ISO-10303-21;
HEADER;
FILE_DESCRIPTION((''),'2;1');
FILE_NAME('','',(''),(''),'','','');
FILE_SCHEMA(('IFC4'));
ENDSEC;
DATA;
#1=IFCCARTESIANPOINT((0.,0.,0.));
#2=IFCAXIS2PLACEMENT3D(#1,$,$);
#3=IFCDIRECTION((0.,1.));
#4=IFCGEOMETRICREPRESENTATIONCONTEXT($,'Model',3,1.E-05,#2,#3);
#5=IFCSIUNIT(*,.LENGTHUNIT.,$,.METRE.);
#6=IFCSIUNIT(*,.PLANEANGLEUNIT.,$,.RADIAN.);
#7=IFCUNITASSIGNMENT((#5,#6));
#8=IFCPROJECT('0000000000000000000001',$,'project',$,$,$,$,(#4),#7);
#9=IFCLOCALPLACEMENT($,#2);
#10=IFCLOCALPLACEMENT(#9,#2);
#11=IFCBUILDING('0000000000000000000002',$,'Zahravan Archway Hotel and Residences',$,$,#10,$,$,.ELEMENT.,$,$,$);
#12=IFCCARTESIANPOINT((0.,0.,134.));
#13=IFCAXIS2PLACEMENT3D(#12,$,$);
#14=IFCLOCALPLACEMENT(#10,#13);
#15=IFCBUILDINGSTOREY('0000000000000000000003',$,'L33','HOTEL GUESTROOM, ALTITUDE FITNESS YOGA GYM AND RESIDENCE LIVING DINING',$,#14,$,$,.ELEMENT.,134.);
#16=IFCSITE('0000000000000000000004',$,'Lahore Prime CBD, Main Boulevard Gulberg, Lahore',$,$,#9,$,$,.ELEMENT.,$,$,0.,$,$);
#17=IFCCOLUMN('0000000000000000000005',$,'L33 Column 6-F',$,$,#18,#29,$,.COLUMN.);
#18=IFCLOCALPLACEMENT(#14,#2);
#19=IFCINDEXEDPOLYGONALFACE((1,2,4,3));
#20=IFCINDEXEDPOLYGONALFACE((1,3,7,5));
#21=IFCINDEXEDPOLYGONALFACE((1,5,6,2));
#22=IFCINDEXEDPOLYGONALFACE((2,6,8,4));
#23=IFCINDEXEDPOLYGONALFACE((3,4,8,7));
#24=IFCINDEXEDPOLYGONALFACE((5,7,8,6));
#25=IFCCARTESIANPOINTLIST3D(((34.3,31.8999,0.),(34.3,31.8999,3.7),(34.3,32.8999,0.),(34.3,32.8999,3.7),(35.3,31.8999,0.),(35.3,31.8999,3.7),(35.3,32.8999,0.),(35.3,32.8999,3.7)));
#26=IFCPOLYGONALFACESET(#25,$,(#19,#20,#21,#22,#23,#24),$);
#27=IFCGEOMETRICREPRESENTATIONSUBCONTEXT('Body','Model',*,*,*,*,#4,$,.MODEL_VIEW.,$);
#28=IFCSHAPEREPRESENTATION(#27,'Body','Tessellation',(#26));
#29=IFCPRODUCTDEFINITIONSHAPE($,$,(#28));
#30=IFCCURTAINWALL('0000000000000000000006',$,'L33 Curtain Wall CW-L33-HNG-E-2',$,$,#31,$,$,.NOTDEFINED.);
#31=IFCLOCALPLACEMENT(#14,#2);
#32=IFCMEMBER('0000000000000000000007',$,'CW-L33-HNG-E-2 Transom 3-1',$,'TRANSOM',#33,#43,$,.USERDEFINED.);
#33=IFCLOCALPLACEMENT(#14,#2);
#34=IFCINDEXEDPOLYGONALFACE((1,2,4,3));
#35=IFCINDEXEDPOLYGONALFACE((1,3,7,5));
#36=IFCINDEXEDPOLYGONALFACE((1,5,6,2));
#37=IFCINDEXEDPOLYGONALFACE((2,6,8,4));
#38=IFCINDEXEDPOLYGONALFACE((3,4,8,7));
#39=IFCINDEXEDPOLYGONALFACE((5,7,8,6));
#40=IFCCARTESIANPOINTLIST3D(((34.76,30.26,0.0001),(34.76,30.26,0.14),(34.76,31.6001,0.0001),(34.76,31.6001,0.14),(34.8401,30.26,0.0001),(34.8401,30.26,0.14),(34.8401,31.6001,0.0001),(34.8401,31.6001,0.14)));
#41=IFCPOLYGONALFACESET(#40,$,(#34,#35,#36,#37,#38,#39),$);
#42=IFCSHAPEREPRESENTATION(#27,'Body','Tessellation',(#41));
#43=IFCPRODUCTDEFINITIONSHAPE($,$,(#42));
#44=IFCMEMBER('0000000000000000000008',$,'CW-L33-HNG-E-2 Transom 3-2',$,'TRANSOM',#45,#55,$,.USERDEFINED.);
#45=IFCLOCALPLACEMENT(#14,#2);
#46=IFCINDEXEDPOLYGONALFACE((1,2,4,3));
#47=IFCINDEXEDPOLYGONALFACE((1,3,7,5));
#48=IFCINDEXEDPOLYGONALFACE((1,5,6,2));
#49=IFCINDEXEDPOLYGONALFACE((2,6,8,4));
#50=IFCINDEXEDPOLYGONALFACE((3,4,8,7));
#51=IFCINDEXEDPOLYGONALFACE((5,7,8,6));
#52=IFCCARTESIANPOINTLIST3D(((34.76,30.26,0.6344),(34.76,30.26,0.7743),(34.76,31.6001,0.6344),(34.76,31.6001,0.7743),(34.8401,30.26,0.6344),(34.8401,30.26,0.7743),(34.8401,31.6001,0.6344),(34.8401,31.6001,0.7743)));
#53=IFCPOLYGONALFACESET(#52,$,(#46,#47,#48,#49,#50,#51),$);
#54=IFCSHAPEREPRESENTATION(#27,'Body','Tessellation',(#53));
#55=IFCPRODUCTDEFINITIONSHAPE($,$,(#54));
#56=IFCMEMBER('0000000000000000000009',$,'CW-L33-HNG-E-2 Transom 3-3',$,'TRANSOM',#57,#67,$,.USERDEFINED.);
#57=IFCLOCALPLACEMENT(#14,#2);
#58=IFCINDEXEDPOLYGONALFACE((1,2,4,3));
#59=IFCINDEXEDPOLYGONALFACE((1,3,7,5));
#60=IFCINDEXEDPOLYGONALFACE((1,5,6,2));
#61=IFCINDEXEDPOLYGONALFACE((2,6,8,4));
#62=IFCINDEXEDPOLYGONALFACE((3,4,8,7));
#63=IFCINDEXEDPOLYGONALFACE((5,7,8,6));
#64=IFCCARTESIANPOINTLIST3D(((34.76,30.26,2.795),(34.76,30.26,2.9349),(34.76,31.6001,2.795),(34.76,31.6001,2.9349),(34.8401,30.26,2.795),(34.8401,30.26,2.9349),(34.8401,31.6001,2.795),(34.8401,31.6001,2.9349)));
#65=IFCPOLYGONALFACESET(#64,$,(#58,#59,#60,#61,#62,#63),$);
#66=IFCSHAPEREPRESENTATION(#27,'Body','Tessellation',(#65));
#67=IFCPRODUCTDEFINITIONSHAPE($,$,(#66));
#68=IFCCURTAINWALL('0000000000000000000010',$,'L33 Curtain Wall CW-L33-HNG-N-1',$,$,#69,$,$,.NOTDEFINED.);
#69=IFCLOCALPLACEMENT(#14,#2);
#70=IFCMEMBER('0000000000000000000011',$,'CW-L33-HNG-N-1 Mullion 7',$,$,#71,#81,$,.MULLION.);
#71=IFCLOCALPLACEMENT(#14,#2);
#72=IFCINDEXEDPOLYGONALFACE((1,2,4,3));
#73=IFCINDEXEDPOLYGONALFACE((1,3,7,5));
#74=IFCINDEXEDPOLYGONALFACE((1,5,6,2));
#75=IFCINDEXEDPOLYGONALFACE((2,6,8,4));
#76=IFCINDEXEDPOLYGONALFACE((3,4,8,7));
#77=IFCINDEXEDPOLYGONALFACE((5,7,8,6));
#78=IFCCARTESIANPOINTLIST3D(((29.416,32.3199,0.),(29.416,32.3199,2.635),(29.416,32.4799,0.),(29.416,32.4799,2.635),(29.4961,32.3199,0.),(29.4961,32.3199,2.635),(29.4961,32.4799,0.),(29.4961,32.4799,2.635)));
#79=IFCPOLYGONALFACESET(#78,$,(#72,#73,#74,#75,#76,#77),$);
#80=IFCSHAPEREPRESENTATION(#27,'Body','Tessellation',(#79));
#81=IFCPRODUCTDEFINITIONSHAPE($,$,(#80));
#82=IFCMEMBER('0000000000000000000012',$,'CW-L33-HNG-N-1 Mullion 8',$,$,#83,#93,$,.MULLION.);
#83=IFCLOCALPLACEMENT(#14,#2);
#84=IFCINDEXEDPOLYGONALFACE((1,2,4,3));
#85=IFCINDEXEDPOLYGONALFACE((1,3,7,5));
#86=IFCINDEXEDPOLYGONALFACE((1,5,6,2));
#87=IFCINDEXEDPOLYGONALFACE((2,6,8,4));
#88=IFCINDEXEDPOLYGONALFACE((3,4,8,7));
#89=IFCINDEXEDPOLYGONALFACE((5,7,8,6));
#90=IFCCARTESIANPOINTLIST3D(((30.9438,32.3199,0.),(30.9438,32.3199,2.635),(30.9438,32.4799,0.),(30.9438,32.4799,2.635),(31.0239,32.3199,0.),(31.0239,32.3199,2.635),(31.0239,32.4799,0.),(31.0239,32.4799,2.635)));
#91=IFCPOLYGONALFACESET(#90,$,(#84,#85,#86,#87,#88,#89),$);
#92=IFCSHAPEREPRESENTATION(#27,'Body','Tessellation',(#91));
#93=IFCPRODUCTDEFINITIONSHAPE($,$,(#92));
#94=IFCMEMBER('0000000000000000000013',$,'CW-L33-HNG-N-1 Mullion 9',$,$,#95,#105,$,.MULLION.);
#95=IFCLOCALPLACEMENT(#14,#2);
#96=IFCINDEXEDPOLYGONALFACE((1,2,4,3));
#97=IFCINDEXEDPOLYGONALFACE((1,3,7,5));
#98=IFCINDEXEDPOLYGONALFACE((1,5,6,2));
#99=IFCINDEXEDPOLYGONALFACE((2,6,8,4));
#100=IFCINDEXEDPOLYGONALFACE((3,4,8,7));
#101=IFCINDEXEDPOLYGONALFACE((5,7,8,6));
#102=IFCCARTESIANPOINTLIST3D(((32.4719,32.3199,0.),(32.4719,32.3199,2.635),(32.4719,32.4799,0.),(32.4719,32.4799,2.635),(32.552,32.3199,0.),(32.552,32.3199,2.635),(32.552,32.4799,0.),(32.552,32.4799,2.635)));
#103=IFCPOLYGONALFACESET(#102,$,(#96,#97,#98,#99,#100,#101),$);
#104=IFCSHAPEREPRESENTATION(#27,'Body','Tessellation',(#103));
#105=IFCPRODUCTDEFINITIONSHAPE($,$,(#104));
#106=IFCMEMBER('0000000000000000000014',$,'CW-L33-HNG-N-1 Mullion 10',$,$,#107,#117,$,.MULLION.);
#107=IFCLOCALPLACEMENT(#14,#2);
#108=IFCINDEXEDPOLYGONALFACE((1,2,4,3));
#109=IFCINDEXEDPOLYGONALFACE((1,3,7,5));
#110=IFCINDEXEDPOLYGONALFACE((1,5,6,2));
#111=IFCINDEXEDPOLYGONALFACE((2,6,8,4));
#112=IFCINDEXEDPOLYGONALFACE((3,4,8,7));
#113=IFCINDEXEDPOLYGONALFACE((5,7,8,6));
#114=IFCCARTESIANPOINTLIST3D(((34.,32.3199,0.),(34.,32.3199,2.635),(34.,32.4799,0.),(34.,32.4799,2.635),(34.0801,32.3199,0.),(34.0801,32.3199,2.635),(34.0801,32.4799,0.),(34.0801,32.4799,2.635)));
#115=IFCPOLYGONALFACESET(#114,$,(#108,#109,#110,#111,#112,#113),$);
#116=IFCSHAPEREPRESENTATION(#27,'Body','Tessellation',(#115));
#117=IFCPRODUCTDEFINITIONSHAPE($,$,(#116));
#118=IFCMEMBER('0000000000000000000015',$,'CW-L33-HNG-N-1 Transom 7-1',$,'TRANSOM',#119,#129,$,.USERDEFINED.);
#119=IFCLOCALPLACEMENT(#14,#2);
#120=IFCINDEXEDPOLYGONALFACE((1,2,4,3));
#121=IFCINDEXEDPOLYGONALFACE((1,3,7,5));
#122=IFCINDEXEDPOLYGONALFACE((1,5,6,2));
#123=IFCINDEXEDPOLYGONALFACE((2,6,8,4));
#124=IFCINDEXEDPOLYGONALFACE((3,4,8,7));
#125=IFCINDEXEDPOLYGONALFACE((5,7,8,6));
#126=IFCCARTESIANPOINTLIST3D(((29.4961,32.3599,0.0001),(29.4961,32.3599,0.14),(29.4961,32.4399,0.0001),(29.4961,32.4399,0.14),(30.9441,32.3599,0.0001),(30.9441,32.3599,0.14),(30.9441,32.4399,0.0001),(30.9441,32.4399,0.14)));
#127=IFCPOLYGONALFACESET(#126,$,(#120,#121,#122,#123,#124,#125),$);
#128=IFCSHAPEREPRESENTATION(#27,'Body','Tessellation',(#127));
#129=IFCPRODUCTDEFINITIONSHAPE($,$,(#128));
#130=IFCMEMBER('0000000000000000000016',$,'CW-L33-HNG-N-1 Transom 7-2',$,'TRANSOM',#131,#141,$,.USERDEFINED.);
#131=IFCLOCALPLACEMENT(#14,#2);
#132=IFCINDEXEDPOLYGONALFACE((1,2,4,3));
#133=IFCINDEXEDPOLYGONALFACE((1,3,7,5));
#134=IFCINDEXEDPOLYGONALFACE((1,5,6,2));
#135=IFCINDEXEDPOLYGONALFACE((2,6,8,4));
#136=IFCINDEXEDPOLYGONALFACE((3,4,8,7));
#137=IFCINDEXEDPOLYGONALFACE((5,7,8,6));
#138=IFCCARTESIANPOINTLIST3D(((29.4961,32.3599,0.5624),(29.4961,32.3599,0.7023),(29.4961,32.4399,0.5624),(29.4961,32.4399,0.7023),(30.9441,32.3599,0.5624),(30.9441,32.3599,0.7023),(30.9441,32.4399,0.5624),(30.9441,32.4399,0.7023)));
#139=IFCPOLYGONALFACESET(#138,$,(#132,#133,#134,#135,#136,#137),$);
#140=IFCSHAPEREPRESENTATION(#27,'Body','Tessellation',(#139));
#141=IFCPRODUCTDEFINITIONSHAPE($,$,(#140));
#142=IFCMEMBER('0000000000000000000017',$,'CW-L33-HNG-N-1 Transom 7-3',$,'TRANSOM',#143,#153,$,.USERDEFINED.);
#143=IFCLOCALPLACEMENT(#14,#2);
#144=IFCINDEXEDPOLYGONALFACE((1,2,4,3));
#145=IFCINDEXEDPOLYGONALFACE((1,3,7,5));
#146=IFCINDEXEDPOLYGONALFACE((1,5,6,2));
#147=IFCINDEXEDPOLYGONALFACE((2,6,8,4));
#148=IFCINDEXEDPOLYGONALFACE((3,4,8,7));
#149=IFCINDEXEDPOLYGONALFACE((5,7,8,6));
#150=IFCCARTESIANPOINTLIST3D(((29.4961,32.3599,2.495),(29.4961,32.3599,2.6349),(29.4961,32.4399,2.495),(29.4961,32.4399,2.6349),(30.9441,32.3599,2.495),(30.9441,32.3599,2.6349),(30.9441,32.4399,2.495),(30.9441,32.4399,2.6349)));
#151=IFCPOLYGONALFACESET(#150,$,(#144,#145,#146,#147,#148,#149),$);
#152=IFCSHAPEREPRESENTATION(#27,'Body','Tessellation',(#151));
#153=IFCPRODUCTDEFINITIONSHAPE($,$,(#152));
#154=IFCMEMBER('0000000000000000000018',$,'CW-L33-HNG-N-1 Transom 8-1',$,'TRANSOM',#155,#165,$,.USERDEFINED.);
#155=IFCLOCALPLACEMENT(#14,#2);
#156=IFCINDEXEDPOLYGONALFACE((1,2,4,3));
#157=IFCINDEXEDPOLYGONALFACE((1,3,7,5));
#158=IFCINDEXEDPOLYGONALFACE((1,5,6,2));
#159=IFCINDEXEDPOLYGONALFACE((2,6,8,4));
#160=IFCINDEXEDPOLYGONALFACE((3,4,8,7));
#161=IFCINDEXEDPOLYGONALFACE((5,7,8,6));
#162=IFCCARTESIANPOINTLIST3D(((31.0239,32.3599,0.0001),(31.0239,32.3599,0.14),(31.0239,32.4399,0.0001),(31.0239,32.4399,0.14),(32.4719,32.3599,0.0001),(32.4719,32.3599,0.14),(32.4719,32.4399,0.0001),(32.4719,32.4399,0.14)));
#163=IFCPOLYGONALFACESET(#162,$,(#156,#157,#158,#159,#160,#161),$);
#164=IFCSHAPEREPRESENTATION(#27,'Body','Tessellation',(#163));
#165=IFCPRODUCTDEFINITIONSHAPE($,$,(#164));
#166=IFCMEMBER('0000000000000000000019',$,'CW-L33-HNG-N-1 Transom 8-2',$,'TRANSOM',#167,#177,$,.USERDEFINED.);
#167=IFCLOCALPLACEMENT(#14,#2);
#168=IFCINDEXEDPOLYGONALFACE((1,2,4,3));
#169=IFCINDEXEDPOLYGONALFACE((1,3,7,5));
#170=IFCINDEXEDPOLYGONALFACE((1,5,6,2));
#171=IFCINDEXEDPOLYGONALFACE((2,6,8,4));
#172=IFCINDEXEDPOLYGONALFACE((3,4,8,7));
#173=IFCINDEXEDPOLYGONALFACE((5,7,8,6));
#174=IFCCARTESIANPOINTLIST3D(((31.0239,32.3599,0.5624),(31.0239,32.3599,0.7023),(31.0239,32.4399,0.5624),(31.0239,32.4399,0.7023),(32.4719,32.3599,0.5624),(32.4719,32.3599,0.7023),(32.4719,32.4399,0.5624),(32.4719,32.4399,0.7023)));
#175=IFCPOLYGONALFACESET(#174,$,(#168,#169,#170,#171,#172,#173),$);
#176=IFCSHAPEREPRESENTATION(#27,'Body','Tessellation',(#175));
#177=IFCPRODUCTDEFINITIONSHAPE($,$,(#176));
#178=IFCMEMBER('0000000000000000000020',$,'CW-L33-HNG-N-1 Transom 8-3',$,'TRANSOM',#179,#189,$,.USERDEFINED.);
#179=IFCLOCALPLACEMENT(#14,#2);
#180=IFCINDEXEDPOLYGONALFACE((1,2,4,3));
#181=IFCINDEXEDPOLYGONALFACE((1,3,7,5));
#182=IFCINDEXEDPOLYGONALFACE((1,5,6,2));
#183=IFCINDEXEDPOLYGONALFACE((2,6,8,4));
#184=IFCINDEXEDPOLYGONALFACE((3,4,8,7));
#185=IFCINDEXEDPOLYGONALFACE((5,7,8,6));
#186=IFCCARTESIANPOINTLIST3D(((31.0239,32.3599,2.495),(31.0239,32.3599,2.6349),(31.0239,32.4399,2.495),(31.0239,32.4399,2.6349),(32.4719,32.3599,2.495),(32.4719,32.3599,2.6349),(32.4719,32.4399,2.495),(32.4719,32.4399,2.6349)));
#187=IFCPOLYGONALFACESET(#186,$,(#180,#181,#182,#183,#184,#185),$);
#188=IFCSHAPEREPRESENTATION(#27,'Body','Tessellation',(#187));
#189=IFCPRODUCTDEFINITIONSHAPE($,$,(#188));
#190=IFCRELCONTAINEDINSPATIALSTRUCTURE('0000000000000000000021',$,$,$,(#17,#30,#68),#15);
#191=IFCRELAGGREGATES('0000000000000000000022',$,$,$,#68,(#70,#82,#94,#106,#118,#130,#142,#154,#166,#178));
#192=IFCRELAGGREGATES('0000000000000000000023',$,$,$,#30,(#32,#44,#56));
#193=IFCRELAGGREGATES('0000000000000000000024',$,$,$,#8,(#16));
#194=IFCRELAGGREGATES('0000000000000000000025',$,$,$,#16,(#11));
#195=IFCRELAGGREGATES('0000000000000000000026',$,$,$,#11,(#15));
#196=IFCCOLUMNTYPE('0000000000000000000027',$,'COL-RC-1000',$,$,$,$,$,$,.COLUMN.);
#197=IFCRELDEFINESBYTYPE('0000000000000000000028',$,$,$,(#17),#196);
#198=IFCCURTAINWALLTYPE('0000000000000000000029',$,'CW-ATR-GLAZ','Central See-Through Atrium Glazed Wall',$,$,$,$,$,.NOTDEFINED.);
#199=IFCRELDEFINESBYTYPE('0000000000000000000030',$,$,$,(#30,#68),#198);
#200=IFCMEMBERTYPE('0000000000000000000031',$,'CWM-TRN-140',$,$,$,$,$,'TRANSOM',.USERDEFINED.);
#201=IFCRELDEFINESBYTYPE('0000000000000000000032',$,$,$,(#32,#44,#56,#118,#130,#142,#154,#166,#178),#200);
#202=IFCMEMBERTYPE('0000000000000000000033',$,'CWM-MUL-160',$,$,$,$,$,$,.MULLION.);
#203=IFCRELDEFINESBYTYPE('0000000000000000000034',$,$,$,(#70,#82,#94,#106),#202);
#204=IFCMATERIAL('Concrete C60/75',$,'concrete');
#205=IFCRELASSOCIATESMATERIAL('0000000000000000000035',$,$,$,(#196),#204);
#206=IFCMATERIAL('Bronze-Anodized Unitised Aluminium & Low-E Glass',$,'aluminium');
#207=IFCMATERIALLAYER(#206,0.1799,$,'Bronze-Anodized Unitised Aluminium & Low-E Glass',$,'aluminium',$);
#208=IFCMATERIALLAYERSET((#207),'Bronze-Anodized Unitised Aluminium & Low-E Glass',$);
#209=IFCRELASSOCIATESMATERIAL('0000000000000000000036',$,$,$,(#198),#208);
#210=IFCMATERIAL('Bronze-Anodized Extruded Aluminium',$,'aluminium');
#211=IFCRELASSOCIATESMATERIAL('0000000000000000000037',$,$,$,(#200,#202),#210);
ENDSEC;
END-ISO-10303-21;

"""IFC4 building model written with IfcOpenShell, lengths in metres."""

from ifc_helpers import new_model, si_unit, direction, frame, origin, origin_2d, place, context, subcontext, project, spatial, rectangle, extrude, source, transform, mapped, material, layer, layer_set, material_profile, profile_set, type_object, type_shapes, element, aggregate, save


model = new_model("IFC4")

# Units and contexts
model_context = context("Model", 3, precision=1e-05, world=origin(), true_north=direction((0.0, 1.0)))
body_context = subcontext(model_context, "Body", "Model", "MODEL_VIEW")
ifc_project = project(units=[si_unit("LENGTHUNIT", "METRE"), si_unit("PLANEANGLEUNIT", "RADIAN")], contexts=[model_context])

# Site, building, storey
site_placement = place(None, origin())
site = spatial("IfcSite", under=ifc_project, at=site_placement, Name="Lahore Prime CBD, Main Boulevard Gulberg, Lahore", CompositionType="ELEMENT", RefElevation=0.0)
building_placement = place(site_placement, origin())
building = spatial("IfcBuilding", under=site, at=building_placement, Name="Zahravan Archway Hotel and Residences", CompositionType="ELEMENT")
storey_placement = place(building_placement, frame((0.0, 0.0, 134.0)))
storey = spatial("IfcBuildingStorey", under=building, at=storey_placement, Name="L33", Description="HOTEL GUESTROOM, ALTITUDE FITNESS YOGA GYM AND RESIDENCE LIVING DINING", CompositionType="ELEMENT", Elevation=134.0)

# Column
ifc_material_1 = material(Name="Concrete C60/75", Category="concrete")
ifc_material_profile_1 = material_profile(ifc_material_1, rectangle(XDim=1.0, YDim=1.0, at=origin_2d()), Name="RC-COL-1000x1000", Category="concrete")
ifc_profile_set_1 = profile_set([ifc_material_profile_1], Name="Concrete C60/75")
column_type = type_object("IfcColumnType", Name="COL-RC-1000", PredefinedType="COLUMN", material=ifc_profile_set_1)
shared_shape_1 = source(origin(), body_context, "Body", "SweptSolid", [
    extrude(rectangle(XDim=1.0, YDim=1.0, at=origin_2d()), origin(), (0.0, 0.0, 1.0), 3.7),
])
type_shapes(column_type, [shared_shape_1])
column_placement = place(storey_placement, frame((34.8, 32.3999, 0.0), z_axis=(0.0, 0.0, 1.0), x_axis=(1.0, 0.0, 0.0)))
element("IfcColumn", 1, at=column_placement, inside=storey, type_object=column_type, Name="L33 Column 6-F", PredefinedType="COLUMN", context=body_context, shape_type="MappedRepresentation", body=[
    mapped(shared_shape_1, transform((0.0, 0.0, 0.0), scale=1.0)),
])

# Curtain walls, members
ifc_material_2 = material(Name="Bronze-Anodized Unitised Aluminium & Low-E Glass", Category="aluminium")
ifc_layer_1 = layer(ifc_material_2, 0.1799, Name="Bronze-Anodized Unitised Aluminium & Low-E Glass", Category="aluminium")
ifc_layer_set_1 = layer_set([ifc_layer_1], Name="Bronze-Anodized Unitised Aluminium & Low-E Glass")
curtain_wall_type = type_object("IfcCurtainWallType", Name="CW-ATR-GLAZ", Description="Central See-Through Atrium Glazed Wall", PredefinedType="NOTDEFINED", material=ifc_layer_set_1)
curtain_wall_1_placement = place(storey_placement, origin())
curtain_wall_1 = element("IfcCurtainWall", 2, at=curtain_wall_1_placement, inside=storey, type_object=curtain_wall_type, Name="L33 Curtain Wall CW-L33-HNG-E-2", PredefinedType="NOTDEFINED")
ifc_material_3 = material(Name="Bronze-Anodized Extruded Aluminium", Category="aluminium")
ifc_material_profile_2 = material_profile(ifc_material_3, rectangle(XDim=0.0801, YDim=0.1399, at=origin_2d()), Name="TRN 80x140", Category="aluminium")
ifc_profile_set_2 = profile_set([ifc_material_profile_2], Name="Bronze-Anodized Extruded Aluminium")
member_type_1 = type_object("IfcMemberType", Name="CWM-TRN-140", ElementType="TRANSOM", PredefinedType="USERDEFINED", material=ifc_profile_set_2)
shared_shape_2 = source(origin(), body_context, "Body", "SweptSolid", [
    extrude(rectangle(XDim=0.0801, YDim=0.1399, at=origin_2d()), origin(), (0.0, 0.0, 1.0), 1.3401),
])
member_1_placement = place(storey_placement, frame((34.8, 30.26, 0.0701), z_axis=(0.0, 1.0, 0.0), x_axis=(-1.0, 0.0, 0.0)))
member_1 = element("IfcMember", 3, at=member_1_placement, type_object=member_type_1, Name="CW-L33-HNG-E-2 Transom 3-1", ObjectType="TRANSOM", PredefinedType="USERDEFINED", context=body_context, shape_type="MappedRepresentation", body=[
    mapped(shared_shape_2, transform((0.0, 0.0, 0.0), scale=1.0)),
])
member_2_placement = place(storey_placement, frame((34.8, 30.26, 0.7043), z_axis=(0.0, 1.0, 0.0), x_axis=(-1.0, 0.0, 0.0)))
member_2 = element("IfcMember", 4, at=member_2_placement, type_object=member_type_1, Name="CW-L33-HNG-E-2 Transom 3-2", ObjectType="TRANSOM", PredefinedType="USERDEFINED", context=body_context, shape_type="MappedRepresentation", body=[
    mapped(shared_shape_2, transform((0.0, 0.0, 0.0), scale=1.0)),
])
member_3_placement = place(storey_placement, frame((34.8, 30.26, 2.865), z_axis=(0.0, 1.0, 0.0), x_axis=(-1.0, 0.0, 0.0)))
member_3 = element("IfcMember", 5, at=member_3_placement, type_object=member_type_1, Name="CW-L33-HNG-E-2 Transom 3-3", ObjectType="TRANSOM", PredefinedType="USERDEFINED", context=body_context, shape_type="MappedRepresentation", body=[
    mapped(shared_shape_2, transform((0.0, 0.0, 0.0), scale=1.0)),
])
curtain_wall_2_placement = place(storey_placement, origin())
curtain_wall_2 = element("IfcCurtainWall", 6, at=curtain_wall_2_placement, inside=storey, type_object=curtain_wall_type, Name="L33 Curtain Wall CW-L33-HNG-N-1", PredefinedType="NOTDEFINED")
ifc_material_profile_3 = material_profile(ifc_material_3, rectangle(XDim=0.0801, YDim=0.1599, at=origin_2d()), Name="MUL 80x160", Category="aluminium")
ifc_profile_set_3 = profile_set([ifc_material_profile_3], Name="Bronze-Anodized Extruded Aluminium")
member_type_2 = type_object("IfcMemberType", Name="CWM-MUL-160", PredefinedType="MULLION", material=ifc_profile_set_3)
shared_shape_3 = source(origin(), body_context, "Body", "SweptSolid", [
    extrude(rectangle(XDim=0.0801, YDim=0.1599, at=origin_2d()), origin(), (0.0, 0.0, 1.0), 2.635),
])
member_4_placement = place(storey_placement, frame((29.4561, 32.3999, 0.0), z_axis=(0.0, 0.0, 1.0), x_axis=(1.0, 0.0, 0.0)))
member_4 = element("IfcMember", 7, at=member_4_placement, type_object=member_type_2, Name="CW-L33-HNG-N-1 Mullion 7", PredefinedType="MULLION", context=body_context, shape_type="MappedRepresentation", body=[
    mapped(shared_shape_3, transform((0.0, 0.0, 0.0), scale=1.0)),
])
member_5_placement = place(storey_placement, frame((30.9839, 32.3999, 0.0), z_axis=(0.0, 0.0, 1.0), x_axis=(1.0, 0.0, 0.0)))
member_5 = element("IfcMember", 8, at=member_5_placement, type_object=member_type_2, Name="CW-L33-HNG-N-1 Mullion 8", PredefinedType="MULLION", context=body_context, shape_type="MappedRepresentation", body=[
    mapped(shared_shape_3, transform((0.0, 0.0, 0.0), scale=1.0)),
])
member_6_placement = place(storey_placement, frame((32.512, 32.3999, 0.0), z_axis=(0.0, 0.0, 1.0), x_axis=(1.0, 0.0, 0.0)))
member_6 = element("IfcMember", 9, at=member_6_placement, type_object=member_type_2, Name="CW-L33-HNG-N-1 Mullion 9", PredefinedType="MULLION", context=body_context, shape_type="MappedRepresentation", body=[
    mapped(shared_shape_3, transform((0.0, 0.0, 0.0), scale=1.0)),
])
member_7_placement = place(storey_placement, frame((34.04, 32.3999, 0.0), z_axis=(0.0, 0.0, 1.0), x_axis=(1.0, 0.0, 0.0)))
member_7 = element("IfcMember", 10, at=member_7_placement, type_object=member_type_2, Name="CW-L33-HNG-N-1 Mullion 10", PredefinedType="MULLION", context=body_context, shape_type="MappedRepresentation", body=[
    mapped(shared_shape_3, transform((0.0, 0.0, 0.0), scale=1.0)),
])
shared_shape_4 = source(origin(), body_context, "Body", "SweptSolid", [
    extrude(rectangle(XDim=0.0801, YDim=0.1399, at=origin_2d()), origin(), (0.0, 0.0, 1.0), 1.448),
])
member_8_placement = place(storey_placement, frame((29.4961, 32.3999, 0.0701), z_axis=(1.0, 0.0, 0.0), x_axis=(0.0, 1.0, 0.0)))
member_8 = element("IfcMember", 11, at=member_8_placement, type_object=member_type_1, Name="CW-L33-HNG-N-1 Transom 7-1", ObjectType="TRANSOM", PredefinedType="USERDEFINED", context=body_context, shape_type="MappedRepresentation", body=[
    mapped(shared_shape_4, transform((0.0, 0.0, 0.0), scale=1.0)),
])
member_9_placement = place(storey_placement, frame((29.4961, 32.3999, 0.6323), z_axis=(1.0, 0.0, 0.0), x_axis=(0.0, 1.0, 0.0)))
member_9 = element("IfcMember", 12, at=member_9_placement, type_object=member_type_1, Name="CW-L33-HNG-N-1 Transom 7-2", ObjectType="TRANSOM", PredefinedType="USERDEFINED", context=body_context, shape_type="MappedRepresentation", body=[
    mapped(shared_shape_4, transform((0.0, 0.0, 0.0), scale=1.0)),
])
member_10_placement = place(storey_placement, frame((29.4961, 32.3999, 2.5649), z_axis=(1.0, 0.0, 0.0), x_axis=(0.0, 1.0, 0.0)))
member_10 = element("IfcMember", 13, at=member_10_placement, type_object=member_type_1, Name="CW-L33-HNG-N-1 Transom 7-3", ObjectType="TRANSOM", PredefinedType="USERDEFINED", context=body_context, shape_type="MappedRepresentation", body=[
    mapped(shared_shape_4, transform((0.0, 0.0, 0.0), scale=1.0)),
])
member_11_placement = place(storey_placement, frame((31.0239, 32.3999, 0.0701), z_axis=(1.0, 0.0, 0.0), x_axis=(0.0, 1.0, 0.0)))
member_11 = element("IfcMember", 14, at=member_11_placement, type_object=member_type_1, Name="CW-L33-HNG-N-1 Transom 8-1", ObjectType="TRANSOM", PredefinedType="USERDEFINED", context=body_context, shape_type="MappedRepresentation", body=[
    mapped(shared_shape_4, transform((0.0, 0.0, 0.0), scale=1.0)),
])
member_12_placement = place(storey_placement, frame((31.0239, 32.3999, 0.6323), z_axis=(1.0, 0.0, 0.0), x_axis=(0.0, 1.0, 0.0)))
member_12 = element("IfcMember", 15, at=member_12_placement, type_object=member_type_1, Name="CW-L33-HNG-N-1 Transom 8-2", ObjectType="TRANSOM", PredefinedType="USERDEFINED", context=body_context, shape_type="MappedRepresentation", body=[
    mapped(shared_shape_4, transform((0.0, 0.0, 0.0), scale=1.0)),
])
member_13_placement = place(storey_placement, frame((31.0239, 32.3999, 2.5649), z_axis=(1.0, 0.0, 0.0), x_axis=(0.0, 1.0, 0.0)))
member_13 = element("IfcMember", 16, at=member_13_placement, type_object=member_type_1, Name="CW-L33-HNG-N-1 Transom 8-3", ObjectType="TRANSOM", PredefinedType="USERDEFINED", context=body_context, shape_type="MappedRepresentation", body=[
    mapped(shared_shape_4, transform((0.0, 0.0, 0.0), scale=1.0)),
])

aggregate(curtain_wall_2, [member_4, member_5, member_6, member_7, member_8, member_9, member_10, member_11, member_12, member_13])
aggregate(curtain_wall_1, [member_1, member_2, member_3])

save(model, "model.ifc")
